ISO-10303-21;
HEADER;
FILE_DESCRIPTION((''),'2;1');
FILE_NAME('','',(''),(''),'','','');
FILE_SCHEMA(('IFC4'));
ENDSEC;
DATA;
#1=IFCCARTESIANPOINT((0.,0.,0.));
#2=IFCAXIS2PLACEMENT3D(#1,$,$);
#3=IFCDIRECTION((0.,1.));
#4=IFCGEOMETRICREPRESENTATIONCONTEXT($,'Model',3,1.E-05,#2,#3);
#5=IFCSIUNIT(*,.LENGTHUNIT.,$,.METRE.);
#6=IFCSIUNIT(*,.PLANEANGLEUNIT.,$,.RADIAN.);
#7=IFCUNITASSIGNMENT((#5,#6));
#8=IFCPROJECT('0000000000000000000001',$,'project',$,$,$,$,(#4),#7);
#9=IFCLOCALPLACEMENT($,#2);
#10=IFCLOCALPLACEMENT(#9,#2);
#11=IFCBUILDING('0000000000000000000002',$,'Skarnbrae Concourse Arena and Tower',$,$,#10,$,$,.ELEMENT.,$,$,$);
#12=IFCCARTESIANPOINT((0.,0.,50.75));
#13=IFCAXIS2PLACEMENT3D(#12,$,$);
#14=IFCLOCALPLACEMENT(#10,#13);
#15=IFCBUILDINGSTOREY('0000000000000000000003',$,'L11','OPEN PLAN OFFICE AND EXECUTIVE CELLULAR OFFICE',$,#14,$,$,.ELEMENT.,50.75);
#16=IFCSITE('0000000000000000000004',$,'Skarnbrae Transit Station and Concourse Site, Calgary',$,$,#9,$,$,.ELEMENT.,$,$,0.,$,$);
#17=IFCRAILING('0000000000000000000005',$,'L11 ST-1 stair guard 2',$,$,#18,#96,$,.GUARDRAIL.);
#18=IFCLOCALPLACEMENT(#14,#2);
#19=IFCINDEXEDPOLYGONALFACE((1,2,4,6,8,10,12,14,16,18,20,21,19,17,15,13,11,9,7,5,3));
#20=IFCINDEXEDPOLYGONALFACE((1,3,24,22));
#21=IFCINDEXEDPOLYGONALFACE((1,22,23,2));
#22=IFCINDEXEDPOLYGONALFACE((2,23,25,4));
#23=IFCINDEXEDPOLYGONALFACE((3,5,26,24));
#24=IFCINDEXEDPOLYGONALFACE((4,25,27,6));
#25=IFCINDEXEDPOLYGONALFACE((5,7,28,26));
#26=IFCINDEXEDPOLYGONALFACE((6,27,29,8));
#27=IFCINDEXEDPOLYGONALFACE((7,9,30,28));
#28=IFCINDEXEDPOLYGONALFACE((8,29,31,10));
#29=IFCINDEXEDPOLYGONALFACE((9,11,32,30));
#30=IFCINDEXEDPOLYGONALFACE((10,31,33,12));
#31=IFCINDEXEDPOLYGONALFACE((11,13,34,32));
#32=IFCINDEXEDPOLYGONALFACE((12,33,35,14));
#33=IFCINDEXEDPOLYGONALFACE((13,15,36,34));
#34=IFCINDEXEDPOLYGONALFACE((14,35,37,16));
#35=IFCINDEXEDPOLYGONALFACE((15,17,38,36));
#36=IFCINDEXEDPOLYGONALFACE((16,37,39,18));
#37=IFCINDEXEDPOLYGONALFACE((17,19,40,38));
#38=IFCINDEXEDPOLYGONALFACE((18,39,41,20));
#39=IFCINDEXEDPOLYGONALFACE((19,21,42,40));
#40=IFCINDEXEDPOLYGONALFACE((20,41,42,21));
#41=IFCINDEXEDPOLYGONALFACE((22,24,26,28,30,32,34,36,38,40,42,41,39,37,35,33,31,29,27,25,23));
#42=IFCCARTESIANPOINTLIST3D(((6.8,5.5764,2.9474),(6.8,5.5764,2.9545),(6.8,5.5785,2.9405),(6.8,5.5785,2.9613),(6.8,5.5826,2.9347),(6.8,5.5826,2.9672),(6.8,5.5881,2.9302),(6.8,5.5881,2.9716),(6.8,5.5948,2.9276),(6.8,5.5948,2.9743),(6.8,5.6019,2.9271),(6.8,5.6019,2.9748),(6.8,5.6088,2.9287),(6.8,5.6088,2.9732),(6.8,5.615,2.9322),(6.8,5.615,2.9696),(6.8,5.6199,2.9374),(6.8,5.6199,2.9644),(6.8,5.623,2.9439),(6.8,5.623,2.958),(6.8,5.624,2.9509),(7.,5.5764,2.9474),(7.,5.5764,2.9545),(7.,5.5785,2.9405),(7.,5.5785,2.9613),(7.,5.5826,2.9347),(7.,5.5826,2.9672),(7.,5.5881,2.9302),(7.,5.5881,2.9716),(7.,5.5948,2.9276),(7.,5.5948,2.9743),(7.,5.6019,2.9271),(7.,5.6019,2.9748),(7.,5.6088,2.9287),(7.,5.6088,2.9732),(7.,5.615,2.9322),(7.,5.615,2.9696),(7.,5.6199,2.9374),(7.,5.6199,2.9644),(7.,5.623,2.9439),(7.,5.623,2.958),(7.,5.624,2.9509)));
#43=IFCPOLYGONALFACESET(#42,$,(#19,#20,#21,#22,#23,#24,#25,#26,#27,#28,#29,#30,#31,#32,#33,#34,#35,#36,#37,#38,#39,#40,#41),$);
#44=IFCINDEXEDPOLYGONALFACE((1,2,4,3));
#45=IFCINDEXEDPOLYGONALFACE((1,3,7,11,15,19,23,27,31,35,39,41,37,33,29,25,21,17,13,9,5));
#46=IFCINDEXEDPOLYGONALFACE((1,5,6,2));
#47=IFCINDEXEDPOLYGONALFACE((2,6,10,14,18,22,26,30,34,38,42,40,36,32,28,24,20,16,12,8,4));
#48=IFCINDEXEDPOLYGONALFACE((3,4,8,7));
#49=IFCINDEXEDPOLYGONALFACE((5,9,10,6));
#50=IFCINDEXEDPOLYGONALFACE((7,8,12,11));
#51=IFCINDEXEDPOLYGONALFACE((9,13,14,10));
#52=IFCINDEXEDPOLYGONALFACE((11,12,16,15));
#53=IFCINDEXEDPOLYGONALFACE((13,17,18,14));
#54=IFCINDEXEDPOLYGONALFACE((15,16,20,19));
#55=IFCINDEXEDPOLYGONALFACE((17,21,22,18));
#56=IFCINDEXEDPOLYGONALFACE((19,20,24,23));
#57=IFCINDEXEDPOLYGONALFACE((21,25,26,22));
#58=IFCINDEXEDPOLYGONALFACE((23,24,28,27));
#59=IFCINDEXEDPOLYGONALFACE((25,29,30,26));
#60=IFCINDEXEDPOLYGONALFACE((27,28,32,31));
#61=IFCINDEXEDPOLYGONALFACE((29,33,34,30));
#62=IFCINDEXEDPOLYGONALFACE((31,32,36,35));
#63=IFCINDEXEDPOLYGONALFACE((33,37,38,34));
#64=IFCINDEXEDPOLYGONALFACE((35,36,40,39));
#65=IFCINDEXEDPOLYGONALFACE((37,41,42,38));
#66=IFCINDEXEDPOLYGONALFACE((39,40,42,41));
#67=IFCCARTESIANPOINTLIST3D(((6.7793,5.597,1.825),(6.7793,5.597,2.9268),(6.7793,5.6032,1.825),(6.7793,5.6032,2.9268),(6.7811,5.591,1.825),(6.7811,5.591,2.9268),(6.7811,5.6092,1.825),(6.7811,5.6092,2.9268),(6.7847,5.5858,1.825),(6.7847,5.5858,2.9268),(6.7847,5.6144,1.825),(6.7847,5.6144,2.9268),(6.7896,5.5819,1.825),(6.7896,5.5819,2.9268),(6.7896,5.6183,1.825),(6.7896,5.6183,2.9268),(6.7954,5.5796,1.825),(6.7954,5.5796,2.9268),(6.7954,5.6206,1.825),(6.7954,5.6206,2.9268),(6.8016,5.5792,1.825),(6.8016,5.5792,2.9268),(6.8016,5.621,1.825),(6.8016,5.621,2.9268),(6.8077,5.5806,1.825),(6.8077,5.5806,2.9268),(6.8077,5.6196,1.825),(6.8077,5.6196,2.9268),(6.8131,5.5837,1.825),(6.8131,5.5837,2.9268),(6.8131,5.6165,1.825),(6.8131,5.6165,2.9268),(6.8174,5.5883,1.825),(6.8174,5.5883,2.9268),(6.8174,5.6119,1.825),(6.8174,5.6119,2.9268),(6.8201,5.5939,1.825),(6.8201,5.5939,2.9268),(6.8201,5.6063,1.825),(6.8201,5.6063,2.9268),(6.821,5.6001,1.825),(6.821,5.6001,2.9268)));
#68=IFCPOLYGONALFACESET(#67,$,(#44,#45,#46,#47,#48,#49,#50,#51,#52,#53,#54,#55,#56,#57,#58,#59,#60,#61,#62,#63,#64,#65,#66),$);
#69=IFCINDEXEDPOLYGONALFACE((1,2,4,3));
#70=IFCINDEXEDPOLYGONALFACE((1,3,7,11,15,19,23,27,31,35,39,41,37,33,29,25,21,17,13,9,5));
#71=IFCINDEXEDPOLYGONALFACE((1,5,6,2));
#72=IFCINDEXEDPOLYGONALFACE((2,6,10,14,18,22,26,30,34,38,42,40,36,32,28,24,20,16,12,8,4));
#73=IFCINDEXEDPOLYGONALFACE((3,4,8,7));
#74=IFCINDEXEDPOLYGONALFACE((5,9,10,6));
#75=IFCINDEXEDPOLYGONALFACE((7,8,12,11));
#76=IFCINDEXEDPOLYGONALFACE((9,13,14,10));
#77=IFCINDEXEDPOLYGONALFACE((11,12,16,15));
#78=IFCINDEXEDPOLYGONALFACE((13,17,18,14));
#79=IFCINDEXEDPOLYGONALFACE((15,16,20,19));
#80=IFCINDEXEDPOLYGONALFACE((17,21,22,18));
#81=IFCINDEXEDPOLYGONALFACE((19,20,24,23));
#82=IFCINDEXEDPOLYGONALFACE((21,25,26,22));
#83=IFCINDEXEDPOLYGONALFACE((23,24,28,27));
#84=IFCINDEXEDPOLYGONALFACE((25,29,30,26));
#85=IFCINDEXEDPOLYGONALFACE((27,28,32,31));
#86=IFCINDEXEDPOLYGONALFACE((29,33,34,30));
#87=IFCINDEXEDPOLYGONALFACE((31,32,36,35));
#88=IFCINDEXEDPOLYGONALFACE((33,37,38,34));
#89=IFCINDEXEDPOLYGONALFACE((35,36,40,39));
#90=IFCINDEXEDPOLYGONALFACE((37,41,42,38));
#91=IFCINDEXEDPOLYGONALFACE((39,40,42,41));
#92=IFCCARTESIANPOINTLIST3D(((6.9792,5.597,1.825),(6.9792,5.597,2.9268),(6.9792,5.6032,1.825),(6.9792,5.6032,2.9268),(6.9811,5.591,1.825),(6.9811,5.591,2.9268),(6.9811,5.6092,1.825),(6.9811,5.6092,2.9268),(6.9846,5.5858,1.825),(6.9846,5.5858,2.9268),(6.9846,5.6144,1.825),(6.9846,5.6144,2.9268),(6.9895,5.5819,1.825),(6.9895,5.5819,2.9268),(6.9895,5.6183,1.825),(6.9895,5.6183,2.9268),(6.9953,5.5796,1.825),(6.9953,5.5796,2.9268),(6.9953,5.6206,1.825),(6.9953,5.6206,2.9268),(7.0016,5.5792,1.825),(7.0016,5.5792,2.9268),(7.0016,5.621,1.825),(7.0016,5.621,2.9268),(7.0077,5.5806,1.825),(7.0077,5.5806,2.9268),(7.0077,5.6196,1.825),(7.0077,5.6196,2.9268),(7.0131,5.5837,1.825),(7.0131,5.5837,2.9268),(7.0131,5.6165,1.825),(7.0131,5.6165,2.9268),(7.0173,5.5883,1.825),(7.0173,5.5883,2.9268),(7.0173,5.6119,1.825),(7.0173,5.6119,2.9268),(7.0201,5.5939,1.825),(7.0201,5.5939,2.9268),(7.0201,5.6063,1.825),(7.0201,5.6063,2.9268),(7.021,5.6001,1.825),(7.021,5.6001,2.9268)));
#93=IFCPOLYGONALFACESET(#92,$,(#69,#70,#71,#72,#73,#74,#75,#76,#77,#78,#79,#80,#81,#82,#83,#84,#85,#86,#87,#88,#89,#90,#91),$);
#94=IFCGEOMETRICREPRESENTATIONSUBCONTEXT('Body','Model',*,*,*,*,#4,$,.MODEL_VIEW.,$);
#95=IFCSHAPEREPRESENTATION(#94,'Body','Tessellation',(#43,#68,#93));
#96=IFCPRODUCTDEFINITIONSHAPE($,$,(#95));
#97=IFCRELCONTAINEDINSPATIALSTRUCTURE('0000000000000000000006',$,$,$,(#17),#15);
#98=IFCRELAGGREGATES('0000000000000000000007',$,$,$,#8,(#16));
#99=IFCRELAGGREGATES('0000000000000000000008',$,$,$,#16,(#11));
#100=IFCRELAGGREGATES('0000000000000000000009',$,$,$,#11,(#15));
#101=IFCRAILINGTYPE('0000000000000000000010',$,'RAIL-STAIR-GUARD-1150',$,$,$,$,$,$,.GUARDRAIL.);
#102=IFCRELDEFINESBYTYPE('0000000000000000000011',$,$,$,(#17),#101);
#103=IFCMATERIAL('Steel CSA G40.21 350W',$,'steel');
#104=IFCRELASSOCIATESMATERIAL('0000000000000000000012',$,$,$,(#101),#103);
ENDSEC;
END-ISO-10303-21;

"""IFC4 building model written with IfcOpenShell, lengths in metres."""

from ifc_helpers import new_model, si_unit, direction, frame, origin, origin_2d, place, context, subcontext, project, spatial, circle, extrude, material, type_object, element, save


model = new_model("IFC4")

# Units and contexts
model_context = context("Model", 3, precision=1e-05, world=origin(), true_north=direction((0.0, 1.0)))
body_context = subcontext(model_context, "Body", "Model", "MODEL_VIEW")
ifc_project = project(units=[si_unit("LENGTHUNIT", "METRE"), si_unit("PLANEANGLEUNIT", "RADIAN")], contexts=[model_context])

# Site, building, storey
site_placement = place(None, origin())
site = spatial("IfcSite", under=ifc_project, at=site_placement, Name="Skarnbrae Transit Station and Concourse Site, Calgary", CompositionType="ELEMENT", RefElevation=0.0)
building_placement = place(site_placement, origin())
building = spatial("IfcBuilding", under=site, at=building_placement, Name="Skarnbrae Concourse Arena and Tower", CompositionType="ELEMENT")
storey_placement = place(building_placement, frame((0.0, 0.0, 50.75)))
storey = spatial("IfcBuildingStorey", under=building, at=storey_placement, Name="L11", Description="OPEN PLAN OFFICE AND EXECUTIVE CELLULAR OFFICE", CompositionType="ELEMENT", Elevation=50.75)

# Shared definitions
ifc_material_1 = material(Name="Steel CSA G40.21 350W", Category="steel")

# Railing
railing_type_1 = type_object("IfcRailingType", Name="RAIL-STAIR-GUARD-1150", PredefinedType="GUARDRAIL", material=ifc_material_1)
railing_1_placement = place(storey_placement, frame((6.8, 5.6001, 1.825)))
element("IfcRailing", 1, at=railing_1_placement, inside=storey, type_object=railing_type_1, Name="L11 ST-1 stair guard 2", PredefinedType="GUARDRAIL", context=body_context, shape_type="SweptSolid", body=[
    extrude(circle(Radius=0.0239, at=origin_2d()), frame((0.0, 0.0, 1.126), z_axis=(1.0, 0.0, 0.0), x_axis=(0.0, 1.0, 0.0)), (0.0, 0.0, 1.0), 0.2),
    extrude(circle(Radius=0.021, at=origin_2d()), origin(), (0.0, 0.0, 1.0), 1.1018),
    extrude(circle(Radius=0.021, at=origin_2d()), frame((0.2, 0.0, 0.0)), (0.0, 0.0, 1.0), 1.1018),
])

save(model, "model.ifc")
